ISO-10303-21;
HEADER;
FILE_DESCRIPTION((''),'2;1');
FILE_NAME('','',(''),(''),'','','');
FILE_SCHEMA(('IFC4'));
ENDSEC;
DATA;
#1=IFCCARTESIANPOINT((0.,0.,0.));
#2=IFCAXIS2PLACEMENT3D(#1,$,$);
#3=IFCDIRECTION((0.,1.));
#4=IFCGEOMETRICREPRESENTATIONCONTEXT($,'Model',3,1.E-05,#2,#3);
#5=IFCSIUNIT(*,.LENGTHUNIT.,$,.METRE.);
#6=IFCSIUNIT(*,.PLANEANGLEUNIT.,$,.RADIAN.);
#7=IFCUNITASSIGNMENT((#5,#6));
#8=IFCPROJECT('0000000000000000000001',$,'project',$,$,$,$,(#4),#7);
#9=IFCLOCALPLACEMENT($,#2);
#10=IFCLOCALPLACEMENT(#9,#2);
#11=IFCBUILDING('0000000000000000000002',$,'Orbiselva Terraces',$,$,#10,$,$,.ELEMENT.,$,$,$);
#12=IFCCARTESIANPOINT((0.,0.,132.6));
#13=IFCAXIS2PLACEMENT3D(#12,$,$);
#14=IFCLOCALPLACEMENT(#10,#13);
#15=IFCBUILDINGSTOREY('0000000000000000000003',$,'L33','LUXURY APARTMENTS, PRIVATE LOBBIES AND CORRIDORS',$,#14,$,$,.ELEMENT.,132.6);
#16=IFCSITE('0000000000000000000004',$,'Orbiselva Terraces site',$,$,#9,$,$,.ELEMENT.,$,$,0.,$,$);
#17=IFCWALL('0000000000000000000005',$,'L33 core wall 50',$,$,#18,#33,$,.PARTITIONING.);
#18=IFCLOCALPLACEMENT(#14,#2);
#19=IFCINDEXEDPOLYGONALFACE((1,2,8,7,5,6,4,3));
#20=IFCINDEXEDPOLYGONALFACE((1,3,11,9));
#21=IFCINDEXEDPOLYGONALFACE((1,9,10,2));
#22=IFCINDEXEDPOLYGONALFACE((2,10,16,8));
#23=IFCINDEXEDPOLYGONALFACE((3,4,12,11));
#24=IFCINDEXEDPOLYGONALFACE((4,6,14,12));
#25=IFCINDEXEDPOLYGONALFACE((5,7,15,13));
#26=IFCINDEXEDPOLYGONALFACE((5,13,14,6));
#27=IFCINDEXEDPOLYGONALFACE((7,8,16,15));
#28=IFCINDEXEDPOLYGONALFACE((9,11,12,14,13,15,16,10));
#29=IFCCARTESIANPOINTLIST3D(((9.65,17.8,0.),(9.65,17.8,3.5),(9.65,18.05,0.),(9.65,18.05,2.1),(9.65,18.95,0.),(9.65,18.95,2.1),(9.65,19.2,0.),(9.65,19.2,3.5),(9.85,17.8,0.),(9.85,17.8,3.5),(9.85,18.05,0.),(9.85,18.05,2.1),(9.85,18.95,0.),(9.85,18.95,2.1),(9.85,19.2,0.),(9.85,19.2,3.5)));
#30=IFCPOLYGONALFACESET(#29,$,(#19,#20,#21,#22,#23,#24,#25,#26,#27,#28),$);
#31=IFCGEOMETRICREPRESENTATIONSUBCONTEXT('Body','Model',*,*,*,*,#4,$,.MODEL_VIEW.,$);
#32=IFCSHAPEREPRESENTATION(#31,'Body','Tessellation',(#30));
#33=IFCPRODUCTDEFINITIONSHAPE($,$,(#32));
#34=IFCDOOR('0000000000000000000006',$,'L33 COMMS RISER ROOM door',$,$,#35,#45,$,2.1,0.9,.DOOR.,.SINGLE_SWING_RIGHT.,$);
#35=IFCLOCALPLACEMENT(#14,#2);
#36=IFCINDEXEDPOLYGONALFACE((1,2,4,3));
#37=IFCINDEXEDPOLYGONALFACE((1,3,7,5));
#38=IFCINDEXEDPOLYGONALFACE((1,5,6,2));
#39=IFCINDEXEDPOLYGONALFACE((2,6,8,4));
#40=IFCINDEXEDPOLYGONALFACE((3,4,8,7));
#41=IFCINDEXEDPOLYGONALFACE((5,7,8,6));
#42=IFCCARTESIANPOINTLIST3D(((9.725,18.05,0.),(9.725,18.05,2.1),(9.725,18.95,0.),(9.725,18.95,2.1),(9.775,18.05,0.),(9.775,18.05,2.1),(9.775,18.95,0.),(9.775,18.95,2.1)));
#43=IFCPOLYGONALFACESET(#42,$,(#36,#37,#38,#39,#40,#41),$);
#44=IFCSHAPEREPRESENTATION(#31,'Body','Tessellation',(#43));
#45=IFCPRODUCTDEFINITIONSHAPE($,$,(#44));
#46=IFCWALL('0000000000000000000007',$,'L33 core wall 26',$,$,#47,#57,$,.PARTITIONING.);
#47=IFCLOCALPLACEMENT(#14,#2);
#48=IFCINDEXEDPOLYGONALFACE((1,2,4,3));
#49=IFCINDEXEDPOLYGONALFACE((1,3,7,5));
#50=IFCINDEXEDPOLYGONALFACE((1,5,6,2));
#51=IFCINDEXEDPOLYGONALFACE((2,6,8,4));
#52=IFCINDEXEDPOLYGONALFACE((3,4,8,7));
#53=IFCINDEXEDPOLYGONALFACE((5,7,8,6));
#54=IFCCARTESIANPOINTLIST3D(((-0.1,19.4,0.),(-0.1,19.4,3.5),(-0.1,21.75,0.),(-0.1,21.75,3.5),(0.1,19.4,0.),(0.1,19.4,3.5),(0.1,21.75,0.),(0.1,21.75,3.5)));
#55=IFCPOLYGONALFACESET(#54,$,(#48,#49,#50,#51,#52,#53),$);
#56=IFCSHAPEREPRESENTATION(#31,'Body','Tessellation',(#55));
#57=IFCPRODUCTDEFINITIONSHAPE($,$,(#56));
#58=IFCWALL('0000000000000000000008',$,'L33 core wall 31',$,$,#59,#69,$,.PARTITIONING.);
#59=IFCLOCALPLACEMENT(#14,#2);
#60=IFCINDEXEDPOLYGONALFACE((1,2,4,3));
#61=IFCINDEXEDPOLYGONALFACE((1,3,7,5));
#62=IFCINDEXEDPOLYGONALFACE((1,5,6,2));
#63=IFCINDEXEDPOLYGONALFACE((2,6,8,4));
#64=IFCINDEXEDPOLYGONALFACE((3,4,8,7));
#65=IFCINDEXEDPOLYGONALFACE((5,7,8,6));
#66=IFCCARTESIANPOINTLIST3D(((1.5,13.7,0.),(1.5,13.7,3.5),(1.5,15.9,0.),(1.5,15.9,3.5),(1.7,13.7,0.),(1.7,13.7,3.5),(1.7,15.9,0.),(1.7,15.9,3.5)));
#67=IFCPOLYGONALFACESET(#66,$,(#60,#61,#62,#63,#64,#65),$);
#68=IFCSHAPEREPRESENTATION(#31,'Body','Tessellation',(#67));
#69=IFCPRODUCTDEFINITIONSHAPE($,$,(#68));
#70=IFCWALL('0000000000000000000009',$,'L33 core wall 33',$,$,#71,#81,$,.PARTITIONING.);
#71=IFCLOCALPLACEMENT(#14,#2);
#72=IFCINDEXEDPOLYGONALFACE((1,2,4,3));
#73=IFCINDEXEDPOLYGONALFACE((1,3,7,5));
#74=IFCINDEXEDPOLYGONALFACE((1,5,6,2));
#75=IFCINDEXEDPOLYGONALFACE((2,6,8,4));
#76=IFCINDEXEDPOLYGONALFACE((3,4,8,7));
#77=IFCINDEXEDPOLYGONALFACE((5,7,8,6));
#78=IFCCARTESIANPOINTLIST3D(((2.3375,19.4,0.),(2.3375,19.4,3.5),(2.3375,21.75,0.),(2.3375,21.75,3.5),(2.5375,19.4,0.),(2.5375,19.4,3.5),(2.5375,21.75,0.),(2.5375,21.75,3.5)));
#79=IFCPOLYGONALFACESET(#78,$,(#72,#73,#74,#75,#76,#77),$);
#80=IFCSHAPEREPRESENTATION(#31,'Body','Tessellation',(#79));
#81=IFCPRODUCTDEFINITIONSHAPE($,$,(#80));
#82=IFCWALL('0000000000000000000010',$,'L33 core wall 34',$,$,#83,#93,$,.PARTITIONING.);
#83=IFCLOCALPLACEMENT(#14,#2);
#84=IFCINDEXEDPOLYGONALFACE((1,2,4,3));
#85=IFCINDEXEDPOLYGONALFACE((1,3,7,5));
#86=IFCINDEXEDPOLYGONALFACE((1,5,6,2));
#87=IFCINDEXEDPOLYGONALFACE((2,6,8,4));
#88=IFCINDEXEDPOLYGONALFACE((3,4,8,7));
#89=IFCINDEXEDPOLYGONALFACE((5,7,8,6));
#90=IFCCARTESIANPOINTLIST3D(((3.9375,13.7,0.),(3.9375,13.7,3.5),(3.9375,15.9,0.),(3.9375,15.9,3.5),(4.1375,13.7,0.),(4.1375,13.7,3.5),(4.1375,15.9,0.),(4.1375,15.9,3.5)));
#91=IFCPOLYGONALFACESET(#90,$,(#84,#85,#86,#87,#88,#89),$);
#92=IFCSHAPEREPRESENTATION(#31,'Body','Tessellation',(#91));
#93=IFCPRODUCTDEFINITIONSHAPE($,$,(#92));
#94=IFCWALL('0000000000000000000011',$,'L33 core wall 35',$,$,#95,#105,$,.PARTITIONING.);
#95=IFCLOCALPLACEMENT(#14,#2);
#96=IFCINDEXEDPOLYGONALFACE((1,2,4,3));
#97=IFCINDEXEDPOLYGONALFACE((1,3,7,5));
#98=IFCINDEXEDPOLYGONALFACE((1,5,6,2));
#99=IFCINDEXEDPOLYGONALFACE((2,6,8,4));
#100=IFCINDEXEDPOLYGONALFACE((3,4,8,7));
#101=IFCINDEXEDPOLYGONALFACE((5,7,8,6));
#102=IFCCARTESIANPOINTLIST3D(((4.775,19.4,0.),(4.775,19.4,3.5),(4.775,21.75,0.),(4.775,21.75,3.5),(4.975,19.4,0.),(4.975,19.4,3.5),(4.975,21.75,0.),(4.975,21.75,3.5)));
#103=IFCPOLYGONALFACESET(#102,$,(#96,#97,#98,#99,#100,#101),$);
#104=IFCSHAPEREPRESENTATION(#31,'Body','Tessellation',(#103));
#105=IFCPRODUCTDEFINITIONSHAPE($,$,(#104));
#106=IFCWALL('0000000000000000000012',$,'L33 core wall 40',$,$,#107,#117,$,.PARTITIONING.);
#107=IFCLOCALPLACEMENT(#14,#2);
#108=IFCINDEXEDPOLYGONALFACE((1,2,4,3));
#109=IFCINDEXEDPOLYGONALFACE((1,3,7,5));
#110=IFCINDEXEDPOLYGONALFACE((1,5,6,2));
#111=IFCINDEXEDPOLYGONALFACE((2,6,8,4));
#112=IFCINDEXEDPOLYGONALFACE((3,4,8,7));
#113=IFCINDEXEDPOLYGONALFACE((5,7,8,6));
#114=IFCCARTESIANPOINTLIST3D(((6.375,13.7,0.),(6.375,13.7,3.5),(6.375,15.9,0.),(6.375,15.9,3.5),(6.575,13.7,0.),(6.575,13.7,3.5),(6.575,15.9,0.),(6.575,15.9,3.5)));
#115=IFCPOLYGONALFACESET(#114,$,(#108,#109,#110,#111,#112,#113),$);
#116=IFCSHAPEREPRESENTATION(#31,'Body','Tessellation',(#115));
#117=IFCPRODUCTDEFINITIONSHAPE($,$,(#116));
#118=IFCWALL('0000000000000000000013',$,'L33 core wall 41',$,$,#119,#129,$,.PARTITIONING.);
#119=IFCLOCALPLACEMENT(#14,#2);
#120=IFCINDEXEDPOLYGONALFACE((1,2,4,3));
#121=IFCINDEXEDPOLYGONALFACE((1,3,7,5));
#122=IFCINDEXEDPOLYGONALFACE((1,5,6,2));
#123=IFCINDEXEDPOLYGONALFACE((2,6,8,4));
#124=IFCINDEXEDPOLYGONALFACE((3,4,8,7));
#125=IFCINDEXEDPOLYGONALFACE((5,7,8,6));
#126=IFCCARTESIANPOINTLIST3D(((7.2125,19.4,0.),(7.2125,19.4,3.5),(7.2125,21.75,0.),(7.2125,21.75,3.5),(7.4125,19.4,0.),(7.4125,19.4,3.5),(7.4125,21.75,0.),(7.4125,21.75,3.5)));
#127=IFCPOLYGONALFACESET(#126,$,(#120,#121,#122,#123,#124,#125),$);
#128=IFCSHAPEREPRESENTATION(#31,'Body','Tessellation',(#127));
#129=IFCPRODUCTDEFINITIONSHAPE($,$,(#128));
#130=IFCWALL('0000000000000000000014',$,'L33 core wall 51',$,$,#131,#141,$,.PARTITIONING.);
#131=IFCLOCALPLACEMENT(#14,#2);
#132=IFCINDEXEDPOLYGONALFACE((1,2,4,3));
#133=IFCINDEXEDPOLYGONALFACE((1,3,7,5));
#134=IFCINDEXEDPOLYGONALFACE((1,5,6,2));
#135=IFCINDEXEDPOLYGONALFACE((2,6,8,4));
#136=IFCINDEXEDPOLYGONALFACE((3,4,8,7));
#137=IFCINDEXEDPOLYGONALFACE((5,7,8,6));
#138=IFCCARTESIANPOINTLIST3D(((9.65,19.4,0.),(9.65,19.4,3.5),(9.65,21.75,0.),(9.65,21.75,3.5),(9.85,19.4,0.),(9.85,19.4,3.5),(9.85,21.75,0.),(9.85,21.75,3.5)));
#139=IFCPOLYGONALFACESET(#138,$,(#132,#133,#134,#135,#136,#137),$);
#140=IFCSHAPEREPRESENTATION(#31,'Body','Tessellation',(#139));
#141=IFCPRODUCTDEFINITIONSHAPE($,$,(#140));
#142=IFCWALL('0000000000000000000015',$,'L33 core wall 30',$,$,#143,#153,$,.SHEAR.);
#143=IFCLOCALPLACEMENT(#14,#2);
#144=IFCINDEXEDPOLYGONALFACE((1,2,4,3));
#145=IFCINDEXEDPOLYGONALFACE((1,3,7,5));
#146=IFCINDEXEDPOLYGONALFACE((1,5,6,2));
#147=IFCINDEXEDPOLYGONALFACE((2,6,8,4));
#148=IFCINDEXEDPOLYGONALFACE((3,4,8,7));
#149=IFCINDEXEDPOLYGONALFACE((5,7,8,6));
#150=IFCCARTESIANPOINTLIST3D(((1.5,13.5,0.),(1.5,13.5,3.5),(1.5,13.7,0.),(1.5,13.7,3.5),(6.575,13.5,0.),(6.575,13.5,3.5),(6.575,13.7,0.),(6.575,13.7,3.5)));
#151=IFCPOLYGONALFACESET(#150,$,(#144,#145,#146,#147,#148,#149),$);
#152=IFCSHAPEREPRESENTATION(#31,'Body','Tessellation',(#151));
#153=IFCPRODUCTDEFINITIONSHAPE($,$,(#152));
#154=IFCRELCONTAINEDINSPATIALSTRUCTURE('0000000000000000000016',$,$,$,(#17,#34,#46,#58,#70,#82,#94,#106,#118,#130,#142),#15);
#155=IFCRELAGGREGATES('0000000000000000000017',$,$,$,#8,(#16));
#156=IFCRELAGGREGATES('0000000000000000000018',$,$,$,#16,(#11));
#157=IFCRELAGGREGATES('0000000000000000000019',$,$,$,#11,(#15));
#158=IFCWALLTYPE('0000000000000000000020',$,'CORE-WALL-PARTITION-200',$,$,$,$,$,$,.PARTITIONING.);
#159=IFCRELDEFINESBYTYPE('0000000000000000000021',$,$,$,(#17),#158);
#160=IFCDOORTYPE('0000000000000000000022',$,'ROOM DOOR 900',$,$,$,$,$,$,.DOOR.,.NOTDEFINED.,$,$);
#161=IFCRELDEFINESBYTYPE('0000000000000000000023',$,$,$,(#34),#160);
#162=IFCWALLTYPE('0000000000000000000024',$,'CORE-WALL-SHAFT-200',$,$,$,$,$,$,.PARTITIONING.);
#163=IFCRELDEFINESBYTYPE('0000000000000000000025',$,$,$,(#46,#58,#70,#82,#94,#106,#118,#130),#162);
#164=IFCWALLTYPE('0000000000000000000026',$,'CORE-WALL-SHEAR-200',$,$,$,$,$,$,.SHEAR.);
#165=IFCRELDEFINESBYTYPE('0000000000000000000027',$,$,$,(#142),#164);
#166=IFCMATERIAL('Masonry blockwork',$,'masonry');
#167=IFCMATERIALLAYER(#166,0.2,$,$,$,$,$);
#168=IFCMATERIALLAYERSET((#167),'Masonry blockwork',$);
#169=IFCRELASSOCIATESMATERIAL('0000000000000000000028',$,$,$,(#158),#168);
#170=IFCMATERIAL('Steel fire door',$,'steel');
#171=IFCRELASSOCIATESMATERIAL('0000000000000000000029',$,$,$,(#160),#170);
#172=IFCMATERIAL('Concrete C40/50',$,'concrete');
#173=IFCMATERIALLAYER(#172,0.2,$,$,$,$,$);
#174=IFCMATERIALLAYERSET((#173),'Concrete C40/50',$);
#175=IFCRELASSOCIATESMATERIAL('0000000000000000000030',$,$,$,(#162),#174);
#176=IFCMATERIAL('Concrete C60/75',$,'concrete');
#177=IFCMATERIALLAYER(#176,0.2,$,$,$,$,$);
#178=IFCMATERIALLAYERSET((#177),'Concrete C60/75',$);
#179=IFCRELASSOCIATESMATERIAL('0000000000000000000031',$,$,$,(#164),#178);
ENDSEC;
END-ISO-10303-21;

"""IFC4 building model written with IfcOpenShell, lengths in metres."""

from ifc_helpers import new_model, si_unit, direction, frame, frame_2d, origin, place, context, subcontext, project, spatial, rectangle, extrude, material, layer, layer_set, type_object, element, fill, save


model = new_model("IFC4")

# Units and contexts
model_context = context("Model", 3, precision=1e-05, world=origin(), true_north=direction((0.0, 1.0)))
body_context = subcontext(model_context, "Body", "Model", "MODEL_VIEW")
ifc_project = project(units=[si_unit("LENGTHUNIT", "METRE"), si_unit("PLANEANGLEUNIT", "RADIAN")], contexts=[model_context])

# Site, building, storey
site_placement = place(None, origin())
site = spatial("IfcSite", under=ifc_project, at=site_placement, Name="Orbiselva Terraces site", CompositionType="ELEMENT", RefElevation=0.0)
building_placement = place(site_placement, origin())
building = spatial("IfcBuilding", under=site, at=building_placement, Name="Orbiselva Terraces", CompositionType="ELEMENT")
storey_placement = place(building_placement, frame((0.0, 0.0, 132.6)))
storey = spatial("IfcBuildingStorey", under=building, at=storey_placement, Name="L33", Description="LUXURY APARTMENTS, PRIVATE LOBBIES AND CORRIDORS", CompositionType="ELEMENT", Elevation=132.6)

# Wall, opening, door
ifc_material_1 = material(Name="Masonry blockwork", Category="masonry")
ifc_layer_1 = layer(ifc_material_1, 0.2)
ifc_layer_set_1 = layer_set([ifc_layer_1], Name="Masonry blockwork")
wall_type_1 = type_object("IfcWallType", Name="CORE-WALL-PARTITION-200", PredefinedType="PARTITIONING", material=ifc_layer_set_1)
wall_1_placement = place(storey_placement, frame((9.75, 19.2, 0.0), z_axis=(0.0, 0.0, 1.0), x_axis=(0.0, -1.0, 0.0)))
wall_1 = element("IfcWall", 1, at=wall_1_placement, inside=storey, type_object=wall_type_1, Name="L33 core wall 50", PredefinedType="PARTITIONING", context=body_context, shape_type="SweptSolid", body=[
    extrude(rectangle(XDim=1.4, YDim=0.2, at=frame_2d((0.7, 0.0))), origin(), (0.0, 0.0, 1.0), 3.5),
])
opening_1_placement = place(wall_1_placement, frame((0.25, 0.0, 0.0)))
opening_1 = element("IfcOpeningElement", 2, at=opening_1_placement, cuts=wall_1, PredefinedType="OPENING", context=body_context, shape_type="SweptSolid", body=[
    extrude(rectangle(XDim=0.9, YDim=2.1, at=frame_2d((0.45, 1.05))), frame((0.0, 0.11, 0.0), z_axis=(0.0, -1.0, 0.0), x_axis=(1.0, 0.0, 0.0)), (0.0, 0.0, 1.0), 0.22),
])
ifc_material_2 = material(Name="Steel fire door", Category="steel")
door_type_1 = type_object("IfcDoorType", Name="ROOM DOOR 900", OperationType="NOTDEFINED", PredefinedType="DOOR", material=ifc_material_2)
door_1_placement = place(opening_1_placement, origin())
door_1 = element("IfcDoor", 3, at=door_1_placement, inside=storey, type_object=door_type_1, Name="L33 COMMS RISER ROOM door", OperationType="SINGLE_SWING_RIGHT", OverallHeight=2.1, OverallWidth=0.9, PredefinedType="DOOR", context=body_context, shape_type="SweptSolid", body=[
    extrude(rectangle(XDim=0.9, YDim=2.1, at=frame_2d((0.45, 1.05))), frame((0.0, 0.025, 0.0), z_axis=(0.0, -1.0, 0.0), x_axis=(1.0, 0.0, 0.0)), (0.0, 0.0, 1.0), 0.05),
])
fill(opening_1, door_1)

# Walls
ifc_material_3 = material(Name="Concrete C40/50", Category="concrete")
ifc_layer_2 = layer(ifc_material_3, 0.2)
ifc_layer_set_2 = layer_set([ifc_layer_2], Name="Concrete C40/50")
wall_type_2 = type_object("IfcWallType", Name="CORE-WALL-SHAFT-200", PredefinedType="PARTITIONING", material=ifc_layer_set_2)
wall_2_placement = place(storey_placement, frame((0.0, 19.4, 0.0), z_axis=(0.0, 0.0, 1.0), x_axis=(0.0, 1.0, 0.0)))
element("IfcWall", 4, at=wall_2_placement, inside=storey, type_object=wall_type_2, Name="L33 core wall 26", PredefinedType="PARTITIONING", context=body_context, shape_type="SweptSolid", body=[
    extrude(rectangle(XDim=2.35, YDim=0.2, at=frame_2d((1.175, 0.0))), origin(), (0.0, 0.0, 1.0), 3.5),
])
wall_3_placement = place(storey_placement, frame((1.6, 13.7, 0.0), z_axis=(0.0, 0.0, 1.0), x_axis=(0.0, 1.0, 0.0)))
element("IfcWall", 5, at=wall_3_placement, inside=storey, type_object=wall_type_2, Name="L33 core wall 31", PredefinedType="PARTITIONING", context=body_context, shape_type="SweptSolid", body=[
    extrude(rectangle(XDim=2.2, YDim=0.2, at=frame_2d((1.1, 0.0))), origin(), (0.0, 0.0, 1.0), 3.5),
])
wall_4_placement = place(storey_placement, frame((2.4375, 19.4, 0.0), z_axis=(0.0, 0.0, 1.0), x_axis=(0.0, 1.0, 0.0)))
element("IfcWall", 6, at=wall_4_placement, inside=storey, type_object=wall_type_2, Name="L33 core wall 33", PredefinedType="PARTITIONING", context=body_context, shape_type="SweptSolid", body=[
    extrude(rectangle(XDim=2.35, YDim=0.2, at=frame_2d((1.175, 0.0))), origin(), (0.0, 0.0, 1.0), 3.5),
])
wall_5_placement = place(storey_placement, frame((4.0375, 13.7, 0.0), z_axis=(0.0, 0.0, 1.0), x_axis=(0.0, 1.0, 0.0)))
element("IfcWall", 7, at=wall_5_placement, inside=storey, type_object=wall_type_2, Name="L33 core wall 34", PredefinedType="PARTITIONING", context=body_context, shape_type="SweptSolid", body=[
    extrude(rectangle(XDim=2.2, YDim=0.2, at=frame_2d((1.1, 0.0))), origin(), (0.0, 0.0, 1.0), 3.5),
])
wall_6_placement = place(storey_placement, frame((4.875, 19.4, 0.0), z_axis=(0.0, 0.0, 1.0), x_axis=(0.0, 1.0, 0.0)))
element("IfcWall", 8, at=wall_6_placement, inside=storey, type_object=wall_type_2, Name="L33 core wall 35", PredefinedType="PARTITIONING", context=body_context, shape_type="SweptSolid", body=[
    extrude(rectangle(XDim=2.35, YDim=0.2, at=frame_2d((1.175, 0.0))), origin(), (0.0, 0.0, 1.0), 3.5),
])
wall_7_placement = place(storey_placement, frame((6.475, 13.7, 0.0), z_axis=(0.0, 0.0, 1.0), x_axis=(0.0, 1.0, 0.0)))
element("IfcWall", 9, at=wall_7_placement, inside=storey, type_object=wall_type_2, Name="L33 core wall 40", PredefinedType="PARTITIONING", context=body_context, shape_type="SweptSolid", body=[
    extrude(rectangle(XDim=2.2, YDim=0.2, at=frame_2d((1.1, 0.0))), origin(), (0.0, 0.0, 1.0), 3.5),
])
for number, where, z_axis, x_axis, name in (
    (10, (7.3125, 19.4, 0.0), (0.0, 0.0, 1.0), (0.0, 1.0, 0.0), "L33 core wall 41"),
    (11, (9.75, 19.4, 0.0), (0.0, 0.0, 1.0), (0.0, 1.0, 0.0), "L33 core wall 51"),
):
    element("IfcWall", number, at=place(storey_placement, frame(where, z_axis=z_axis, x_axis=x_axis)), inside=storey, type_object=wall_type_2, Name=name, PredefinedType="PARTITIONING", context=body_context, shape_type="SweptSolid", body=[
        extrude(rectangle(XDim=2.35, YDim=0.2, at=frame_2d((1.175, 0.0))), origin(), (0.0, 0.0, 1.0), 3.5),
    ])
ifc_material_4 = material(Name="Concrete C60/75", Category="concrete")
ifc_layer_3 = layer(ifc_material_4, 0.2)
ifc_layer_set_3 = layer_set([ifc_layer_3], Name="Concrete C60/75")
wall_type_3 = type_object("IfcWallType", Name="CORE-WALL-SHEAR-200", PredefinedType="SHEAR", material=ifc_layer_set_3)
wall_8_placement = place(storey_placement, frame((1.5, 13.6, 0.0), z_axis=(0.0, 0.0, 1.0), x_axis=(1.0, 0.0, 0.0)))
element("IfcWall", 12, at=wall_8_placement, inside=storey, type_object=wall_type_3, Name="L33 core wall 30", PredefinedType="SHEAR", context=body_context, shape_type="SweptSolid", body=[
    extrude(rectangle(XDim=5.075, YDim=0.2, at=frame_2d((2.5375, 0.0))), origin(), (0.0, 0.0, 1.0), 3.5),
])

save(model, "model.ifc")
